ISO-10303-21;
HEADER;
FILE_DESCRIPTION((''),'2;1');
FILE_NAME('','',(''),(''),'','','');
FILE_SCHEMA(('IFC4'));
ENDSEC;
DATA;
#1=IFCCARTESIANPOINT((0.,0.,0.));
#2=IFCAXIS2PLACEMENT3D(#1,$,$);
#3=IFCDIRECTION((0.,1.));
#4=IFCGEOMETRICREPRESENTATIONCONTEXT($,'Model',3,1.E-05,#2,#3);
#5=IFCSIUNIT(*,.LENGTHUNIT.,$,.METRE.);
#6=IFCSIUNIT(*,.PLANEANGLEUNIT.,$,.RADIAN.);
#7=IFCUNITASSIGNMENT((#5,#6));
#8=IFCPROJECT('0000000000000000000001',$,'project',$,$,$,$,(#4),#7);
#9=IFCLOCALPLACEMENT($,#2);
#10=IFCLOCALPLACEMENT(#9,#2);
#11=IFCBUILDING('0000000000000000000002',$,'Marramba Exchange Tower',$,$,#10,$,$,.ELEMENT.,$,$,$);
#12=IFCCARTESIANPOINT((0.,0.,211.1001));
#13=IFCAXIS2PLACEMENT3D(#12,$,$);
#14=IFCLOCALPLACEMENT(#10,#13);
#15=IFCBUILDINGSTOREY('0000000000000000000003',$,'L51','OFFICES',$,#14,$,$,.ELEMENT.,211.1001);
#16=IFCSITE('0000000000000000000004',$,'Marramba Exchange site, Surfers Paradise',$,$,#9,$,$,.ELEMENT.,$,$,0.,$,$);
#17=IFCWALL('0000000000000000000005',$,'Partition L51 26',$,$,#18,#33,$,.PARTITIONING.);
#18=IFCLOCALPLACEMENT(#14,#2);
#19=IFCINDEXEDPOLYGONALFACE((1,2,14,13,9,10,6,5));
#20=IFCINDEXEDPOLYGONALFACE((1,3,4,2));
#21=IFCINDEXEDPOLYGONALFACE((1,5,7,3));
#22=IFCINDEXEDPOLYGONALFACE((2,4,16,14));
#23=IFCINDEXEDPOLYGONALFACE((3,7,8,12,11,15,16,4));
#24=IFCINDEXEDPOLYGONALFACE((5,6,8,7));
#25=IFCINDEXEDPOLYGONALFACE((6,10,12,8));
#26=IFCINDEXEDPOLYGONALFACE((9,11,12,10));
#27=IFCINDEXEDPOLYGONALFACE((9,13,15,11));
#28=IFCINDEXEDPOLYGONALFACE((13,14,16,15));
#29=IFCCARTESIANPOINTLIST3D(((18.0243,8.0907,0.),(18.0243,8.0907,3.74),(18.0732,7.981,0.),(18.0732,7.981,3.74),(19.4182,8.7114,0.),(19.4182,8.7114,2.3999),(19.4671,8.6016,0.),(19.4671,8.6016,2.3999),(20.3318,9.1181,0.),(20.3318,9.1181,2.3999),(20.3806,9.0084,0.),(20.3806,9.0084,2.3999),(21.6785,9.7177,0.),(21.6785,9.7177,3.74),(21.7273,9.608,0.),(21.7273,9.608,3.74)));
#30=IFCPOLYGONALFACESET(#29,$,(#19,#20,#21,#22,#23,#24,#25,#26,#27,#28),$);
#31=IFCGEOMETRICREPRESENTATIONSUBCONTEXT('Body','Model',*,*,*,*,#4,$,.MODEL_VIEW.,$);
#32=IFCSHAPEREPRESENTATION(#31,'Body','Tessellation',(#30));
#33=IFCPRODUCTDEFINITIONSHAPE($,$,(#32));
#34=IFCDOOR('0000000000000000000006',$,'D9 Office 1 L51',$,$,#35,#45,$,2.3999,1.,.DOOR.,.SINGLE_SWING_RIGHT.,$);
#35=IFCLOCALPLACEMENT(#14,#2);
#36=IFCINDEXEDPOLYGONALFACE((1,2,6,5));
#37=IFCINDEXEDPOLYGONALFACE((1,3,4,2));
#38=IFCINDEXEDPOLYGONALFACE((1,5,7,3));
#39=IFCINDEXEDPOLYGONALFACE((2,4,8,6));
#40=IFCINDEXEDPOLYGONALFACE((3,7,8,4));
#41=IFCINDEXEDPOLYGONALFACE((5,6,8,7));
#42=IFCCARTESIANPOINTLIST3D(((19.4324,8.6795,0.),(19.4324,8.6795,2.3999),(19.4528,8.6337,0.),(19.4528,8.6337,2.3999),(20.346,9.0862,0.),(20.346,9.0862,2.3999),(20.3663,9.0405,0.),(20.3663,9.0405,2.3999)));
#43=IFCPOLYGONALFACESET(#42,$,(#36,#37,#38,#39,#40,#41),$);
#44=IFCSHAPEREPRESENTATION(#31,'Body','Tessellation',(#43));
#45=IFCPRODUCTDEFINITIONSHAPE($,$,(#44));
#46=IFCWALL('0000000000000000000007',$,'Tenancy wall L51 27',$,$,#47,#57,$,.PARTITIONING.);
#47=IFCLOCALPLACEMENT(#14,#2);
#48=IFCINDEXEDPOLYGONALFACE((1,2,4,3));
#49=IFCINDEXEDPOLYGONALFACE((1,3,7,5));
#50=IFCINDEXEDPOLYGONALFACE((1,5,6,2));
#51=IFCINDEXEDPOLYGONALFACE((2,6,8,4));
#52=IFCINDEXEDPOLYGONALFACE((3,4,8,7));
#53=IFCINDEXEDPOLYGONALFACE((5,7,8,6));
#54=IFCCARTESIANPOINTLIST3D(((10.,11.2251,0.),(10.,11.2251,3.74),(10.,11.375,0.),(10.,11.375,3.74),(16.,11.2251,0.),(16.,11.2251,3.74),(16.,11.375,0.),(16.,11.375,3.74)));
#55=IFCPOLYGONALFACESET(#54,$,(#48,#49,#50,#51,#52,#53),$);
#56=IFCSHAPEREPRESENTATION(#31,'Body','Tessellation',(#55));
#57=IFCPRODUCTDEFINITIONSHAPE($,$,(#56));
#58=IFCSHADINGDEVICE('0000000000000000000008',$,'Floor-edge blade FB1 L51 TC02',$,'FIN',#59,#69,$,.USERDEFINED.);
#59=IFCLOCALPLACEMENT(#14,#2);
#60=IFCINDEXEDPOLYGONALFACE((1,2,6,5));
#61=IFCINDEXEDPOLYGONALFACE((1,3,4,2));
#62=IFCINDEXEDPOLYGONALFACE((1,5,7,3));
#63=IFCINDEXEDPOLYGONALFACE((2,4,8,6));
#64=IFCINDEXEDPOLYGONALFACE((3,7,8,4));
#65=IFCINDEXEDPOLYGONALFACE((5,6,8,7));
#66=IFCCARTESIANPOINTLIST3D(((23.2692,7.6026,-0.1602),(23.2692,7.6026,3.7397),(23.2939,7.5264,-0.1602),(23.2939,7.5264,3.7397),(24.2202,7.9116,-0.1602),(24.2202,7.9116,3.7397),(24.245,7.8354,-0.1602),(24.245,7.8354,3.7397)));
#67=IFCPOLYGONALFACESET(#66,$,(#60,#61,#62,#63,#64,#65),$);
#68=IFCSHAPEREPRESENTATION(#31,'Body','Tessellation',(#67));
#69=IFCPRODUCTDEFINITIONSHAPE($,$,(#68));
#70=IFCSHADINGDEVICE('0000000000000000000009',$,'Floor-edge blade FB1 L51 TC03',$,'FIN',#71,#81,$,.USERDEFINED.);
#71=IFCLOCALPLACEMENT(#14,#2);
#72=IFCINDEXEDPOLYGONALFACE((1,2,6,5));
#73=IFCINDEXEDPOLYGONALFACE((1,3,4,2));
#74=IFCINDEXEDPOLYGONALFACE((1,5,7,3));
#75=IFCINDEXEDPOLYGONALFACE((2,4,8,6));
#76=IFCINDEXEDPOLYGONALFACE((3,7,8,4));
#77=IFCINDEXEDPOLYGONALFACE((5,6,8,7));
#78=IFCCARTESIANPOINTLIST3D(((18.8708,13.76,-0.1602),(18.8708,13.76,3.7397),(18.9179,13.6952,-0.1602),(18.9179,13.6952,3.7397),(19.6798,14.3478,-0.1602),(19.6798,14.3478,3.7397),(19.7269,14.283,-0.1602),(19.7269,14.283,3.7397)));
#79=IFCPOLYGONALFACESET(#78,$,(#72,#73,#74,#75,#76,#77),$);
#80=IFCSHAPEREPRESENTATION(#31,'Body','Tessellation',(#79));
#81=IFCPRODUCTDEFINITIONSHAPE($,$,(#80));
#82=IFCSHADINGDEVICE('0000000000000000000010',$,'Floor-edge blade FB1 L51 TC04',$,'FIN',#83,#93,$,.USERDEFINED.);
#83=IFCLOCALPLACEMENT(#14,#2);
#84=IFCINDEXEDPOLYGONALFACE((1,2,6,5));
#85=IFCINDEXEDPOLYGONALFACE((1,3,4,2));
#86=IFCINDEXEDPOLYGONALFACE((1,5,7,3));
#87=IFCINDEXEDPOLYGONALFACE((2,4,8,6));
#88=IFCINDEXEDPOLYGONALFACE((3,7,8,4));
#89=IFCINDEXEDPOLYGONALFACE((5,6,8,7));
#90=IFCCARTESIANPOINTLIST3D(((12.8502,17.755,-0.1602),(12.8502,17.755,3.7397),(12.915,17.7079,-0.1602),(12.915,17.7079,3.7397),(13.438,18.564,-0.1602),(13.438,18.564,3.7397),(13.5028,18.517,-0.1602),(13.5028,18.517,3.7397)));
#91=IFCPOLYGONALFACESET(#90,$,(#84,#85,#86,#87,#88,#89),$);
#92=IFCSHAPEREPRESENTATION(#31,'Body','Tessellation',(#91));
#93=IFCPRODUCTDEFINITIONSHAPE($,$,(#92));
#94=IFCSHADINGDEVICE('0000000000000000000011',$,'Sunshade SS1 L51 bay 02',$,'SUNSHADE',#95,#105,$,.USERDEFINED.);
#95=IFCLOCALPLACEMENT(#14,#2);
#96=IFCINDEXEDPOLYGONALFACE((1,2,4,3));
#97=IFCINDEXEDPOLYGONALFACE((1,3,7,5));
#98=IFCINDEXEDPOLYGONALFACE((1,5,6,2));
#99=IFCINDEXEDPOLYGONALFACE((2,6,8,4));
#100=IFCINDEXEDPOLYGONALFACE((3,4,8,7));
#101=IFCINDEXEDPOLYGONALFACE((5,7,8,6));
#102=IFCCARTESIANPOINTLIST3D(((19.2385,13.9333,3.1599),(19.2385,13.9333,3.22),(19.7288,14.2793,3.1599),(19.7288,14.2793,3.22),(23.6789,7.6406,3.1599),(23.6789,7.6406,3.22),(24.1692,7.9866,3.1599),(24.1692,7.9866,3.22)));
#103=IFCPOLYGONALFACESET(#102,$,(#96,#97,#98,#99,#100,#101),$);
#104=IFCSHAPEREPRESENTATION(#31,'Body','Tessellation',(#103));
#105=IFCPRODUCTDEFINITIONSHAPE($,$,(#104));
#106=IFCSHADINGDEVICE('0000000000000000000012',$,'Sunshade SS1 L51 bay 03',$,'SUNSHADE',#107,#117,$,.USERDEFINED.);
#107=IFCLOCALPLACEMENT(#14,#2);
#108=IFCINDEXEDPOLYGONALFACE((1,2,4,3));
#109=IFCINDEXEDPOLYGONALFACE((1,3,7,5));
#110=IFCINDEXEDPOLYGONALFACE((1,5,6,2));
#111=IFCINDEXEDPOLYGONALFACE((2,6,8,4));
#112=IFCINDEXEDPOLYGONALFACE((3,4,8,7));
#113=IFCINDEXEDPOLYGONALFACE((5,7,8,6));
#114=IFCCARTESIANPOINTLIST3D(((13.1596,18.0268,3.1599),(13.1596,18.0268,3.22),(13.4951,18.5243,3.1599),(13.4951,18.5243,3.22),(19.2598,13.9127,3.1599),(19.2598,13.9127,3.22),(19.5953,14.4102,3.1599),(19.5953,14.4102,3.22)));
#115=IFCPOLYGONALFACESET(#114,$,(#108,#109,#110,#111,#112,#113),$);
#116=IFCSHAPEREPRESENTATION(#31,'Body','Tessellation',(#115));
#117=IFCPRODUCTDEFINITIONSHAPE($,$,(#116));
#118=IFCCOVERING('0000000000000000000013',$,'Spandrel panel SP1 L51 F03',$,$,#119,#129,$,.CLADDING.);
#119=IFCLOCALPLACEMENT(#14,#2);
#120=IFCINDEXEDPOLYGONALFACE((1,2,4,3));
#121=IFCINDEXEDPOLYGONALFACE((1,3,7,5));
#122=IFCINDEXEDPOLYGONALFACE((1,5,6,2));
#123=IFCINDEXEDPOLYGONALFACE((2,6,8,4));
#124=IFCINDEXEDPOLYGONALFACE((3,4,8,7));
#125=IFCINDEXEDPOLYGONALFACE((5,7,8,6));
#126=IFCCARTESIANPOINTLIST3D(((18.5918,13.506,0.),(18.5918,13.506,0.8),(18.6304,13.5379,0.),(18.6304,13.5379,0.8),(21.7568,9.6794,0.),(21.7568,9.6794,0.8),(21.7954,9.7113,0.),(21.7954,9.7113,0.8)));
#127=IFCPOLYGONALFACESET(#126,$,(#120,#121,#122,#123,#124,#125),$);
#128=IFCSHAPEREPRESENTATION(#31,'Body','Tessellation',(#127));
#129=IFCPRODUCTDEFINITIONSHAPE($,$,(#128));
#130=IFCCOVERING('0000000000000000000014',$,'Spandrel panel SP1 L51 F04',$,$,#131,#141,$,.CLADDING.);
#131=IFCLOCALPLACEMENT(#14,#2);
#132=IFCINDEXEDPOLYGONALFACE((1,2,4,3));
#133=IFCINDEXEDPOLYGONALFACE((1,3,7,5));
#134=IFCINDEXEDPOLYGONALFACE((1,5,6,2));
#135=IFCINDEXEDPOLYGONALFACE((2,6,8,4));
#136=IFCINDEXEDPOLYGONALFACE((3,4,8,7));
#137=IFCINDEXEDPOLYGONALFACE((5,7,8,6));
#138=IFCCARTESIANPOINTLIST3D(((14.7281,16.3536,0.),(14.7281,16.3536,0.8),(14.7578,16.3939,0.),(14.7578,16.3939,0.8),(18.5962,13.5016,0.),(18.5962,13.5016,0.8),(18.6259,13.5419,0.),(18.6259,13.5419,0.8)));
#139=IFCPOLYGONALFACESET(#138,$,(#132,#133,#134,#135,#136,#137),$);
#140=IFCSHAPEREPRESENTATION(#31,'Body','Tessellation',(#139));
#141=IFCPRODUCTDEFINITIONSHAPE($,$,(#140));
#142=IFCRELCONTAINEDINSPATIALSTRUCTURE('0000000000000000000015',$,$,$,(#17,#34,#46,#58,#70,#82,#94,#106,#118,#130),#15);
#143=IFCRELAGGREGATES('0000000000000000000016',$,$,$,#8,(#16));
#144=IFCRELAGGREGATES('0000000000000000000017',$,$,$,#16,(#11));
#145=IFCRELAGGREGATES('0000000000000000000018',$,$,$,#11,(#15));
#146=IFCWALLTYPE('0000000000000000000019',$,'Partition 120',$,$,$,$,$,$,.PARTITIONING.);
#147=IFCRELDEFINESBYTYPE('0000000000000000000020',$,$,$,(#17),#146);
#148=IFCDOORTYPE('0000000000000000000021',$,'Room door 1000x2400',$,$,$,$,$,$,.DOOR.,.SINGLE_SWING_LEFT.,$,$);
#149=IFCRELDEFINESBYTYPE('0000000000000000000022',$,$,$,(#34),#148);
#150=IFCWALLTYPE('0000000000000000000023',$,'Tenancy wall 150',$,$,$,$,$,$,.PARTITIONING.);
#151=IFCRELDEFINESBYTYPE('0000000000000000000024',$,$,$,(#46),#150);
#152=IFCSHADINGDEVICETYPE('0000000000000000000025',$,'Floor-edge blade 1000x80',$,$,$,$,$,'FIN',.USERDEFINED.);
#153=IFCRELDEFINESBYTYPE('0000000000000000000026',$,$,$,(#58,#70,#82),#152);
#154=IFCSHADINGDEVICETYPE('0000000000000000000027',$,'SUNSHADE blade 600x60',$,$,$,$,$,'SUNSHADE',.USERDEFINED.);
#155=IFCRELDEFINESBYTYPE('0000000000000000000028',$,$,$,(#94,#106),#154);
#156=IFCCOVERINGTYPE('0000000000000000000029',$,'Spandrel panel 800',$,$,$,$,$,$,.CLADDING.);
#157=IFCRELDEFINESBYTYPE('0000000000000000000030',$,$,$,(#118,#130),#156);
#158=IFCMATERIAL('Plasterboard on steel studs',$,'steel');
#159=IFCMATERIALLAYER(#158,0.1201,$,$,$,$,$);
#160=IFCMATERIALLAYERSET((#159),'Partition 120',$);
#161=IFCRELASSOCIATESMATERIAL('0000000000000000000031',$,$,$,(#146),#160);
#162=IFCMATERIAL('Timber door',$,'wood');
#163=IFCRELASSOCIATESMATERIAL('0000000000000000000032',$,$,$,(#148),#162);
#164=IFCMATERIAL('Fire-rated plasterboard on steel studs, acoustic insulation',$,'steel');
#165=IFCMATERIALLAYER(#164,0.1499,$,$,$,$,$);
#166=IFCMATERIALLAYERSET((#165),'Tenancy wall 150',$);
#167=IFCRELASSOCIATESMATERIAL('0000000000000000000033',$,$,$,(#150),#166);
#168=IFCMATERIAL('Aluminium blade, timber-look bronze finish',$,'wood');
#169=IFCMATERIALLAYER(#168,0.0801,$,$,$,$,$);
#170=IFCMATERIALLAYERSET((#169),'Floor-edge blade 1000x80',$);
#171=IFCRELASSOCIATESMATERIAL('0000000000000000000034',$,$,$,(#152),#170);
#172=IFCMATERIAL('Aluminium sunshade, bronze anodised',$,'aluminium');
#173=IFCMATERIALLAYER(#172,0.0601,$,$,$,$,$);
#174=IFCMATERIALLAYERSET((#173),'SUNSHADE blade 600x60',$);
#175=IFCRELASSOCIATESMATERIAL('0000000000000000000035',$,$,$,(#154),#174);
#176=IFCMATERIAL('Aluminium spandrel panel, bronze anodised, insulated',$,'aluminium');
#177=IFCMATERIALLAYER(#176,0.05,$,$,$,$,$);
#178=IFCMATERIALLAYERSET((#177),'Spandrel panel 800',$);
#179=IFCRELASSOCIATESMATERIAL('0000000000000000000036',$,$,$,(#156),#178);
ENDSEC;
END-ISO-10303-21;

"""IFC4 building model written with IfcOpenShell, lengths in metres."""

from ifc_helpers import new_model, si_unit, direction, frame, frame_2d, origin, origin_2d, place, context, subcontext, project, spatial, rectangle, extrude, material, layer, layer_set, type_object, element, fill, save


model = new_model("IFC4")

# Units and contexts
model_context = context("Model", 3, precision=1e-05, world=origin(), true_north=direction((0.0, 1.0)))
body_context = subcontext(model_context, "Body", "Model", "MODEL_VIEW")
ifc_project = project(units=[si_unit("LENGTHUNIT", "METRE"), si_unit("PLANEANGLEUNIT", "RADIAN")], contexts=[model_context])

# Site, building, storey
site_placement = place(None, origin())
site = spatial("IfcSite", under=ifc_project, at=site_placement, Name="Marramba Exchange site, Surfers Paradise", CompositionType="ELEMENT", RefElevation=0.0)
building_placement = place(site_placement, origin())
building = spatial("IfcBuilding", under=site, at=building_placement, Name="Marramba Exchange Tower", CompositionType="ELEMENT")
storey_placement = place(building_placement, frame((0.0, 0.0, 211.1001)))
storey = spatial("IfcBuildingStorey", under=building, at=storey_placement, Name="L51", Description="OFFICES", CompositionType="ELEMENT", Elevation=211.1001)

# Shared definitions
ifc_material_1 = material(Name="Plasterboard on steel studs", Category="steel")
ifc_layer_1 = layer(ifc_material_1, 0.1201)
ifc_layer_set_1 = layer_set([ifc_layer_1], Name="Partition 120")
wall_type_1 = type_object("IfcWallType", Name="Partition 120", PredefinedType="PARTITIONING", material=ifc_layer_set_1)

# Wall, opening, door
wall_1_placement = place(storey_placement, frame((21.7029, 9.6628, 0.0), z_axis=(0.0, 0.0, 1.0), x_axis=(-0.91354, -0.40675, 0.0)))
wall_1 = element("IfcWall", 1, at=wall_1_placement, inside=storey, type_object=wall_type_1, Name="Partition L51 26", PredefinedType="PARTITIONING", context=body_context, shape_type="SweptSolid", body=[
    extrude(rectangle(XDim=4.0, YDim=0.1201, at=frame_2d((2.0, 0.0))), origin(), (0.0, 0.0, 1.0), 3.74),
])
opening_1_placement = place(wall_1_placement, frame((1.4741, 0.0, 0.0)))
opening_1 = element("IfcOpeningElement", 2, at=opening_1_placement, cuts=wall_1, PredefinedType="OPENING", context=body_context, shape_type="SweptSolid", body=[
    extrude(rectangle(XDim=1.0, YDim=2.3999, at=frame_2d((0.5, 1.2))), frame((0.0, 0.0701, 0.0), z_axis=(0.0, -1.0, 0.0), x_axis=(1.0, 0.0, 0.0)), (0.0, 0.0, 1.0), 0.1401),
])
ifc_material_2 = material(Name="Timber door", Category="wood")
door_type_1 = type_object("IfcDoorType", Name="Room door 1000x2400", OperationType="SINGLE_SWING_LEFT", PredefinedType="DOOR", material=ifc_material_2)
door_1_placement = place(opening_1_placement, origin())
door_1 = element("IfcDoor", 3, at=door_1_placement, inside=storey, type_object=door_type_1, Name="D9 Office 1 L51", OperationType="SINGLE_SWING_RIGHT", OverallHeight=2.3999, OverallWidth=1.0, PredefinedType="DOOR", context=body_context, shape_type="SweptSolid", body=[
    extrude(rectangle(XDim=1.0, YDim=2.3999, at=frame_2d((0.5, 1.2))), frame((0.0, 0.0249, 0.0), z_axis=(0.0, -1.0, 0.0), x_axis=(1.0, 0.0, 0.0)), (0.0, 0.0, 1.0), 0.05),
])
fill(opening_1, door_1)

# Wall
ifc_material_3 = material(Name="Fire-rated plasterboard on steel studs, acoustic insulation", Category="steel")
ifc_layer_2 = layer(ifc_material_3, 0.1499)
ifc_layer_set_2 = layer_set([ifc_layer_2], Name="Tenancy wall 150")
wall_type_2 = type_object("IfcWallType", Name="Tenancy wall 150", PredefinedType="PARTITIONING", material=ifc_layer_set_2)
wall_2_placement = place(storey_placement, frame((16.0, 11.3, 0.0), z_axis=(0.0, 0.0, 1.0), x_axis=(-1.0, 0.0, 0.0)))
element("IfcWall", 4, at=wall_2_placement, inside=storey, type_object=wall_type_2, Name="Tenancy wall L51 27", PredefinedType="PARTITIONING", context=body_context, shape_type="SweptSolid", body=[
    extrude(rectangle(XDim=6.0, YDim=0.1499, at=frame_2d((3.0, 0.0))), origin(), (0.0, 0.0, 1.0), 3.74),
])

# Shading devices
ifc_material_4 = material(Name="Aluminium blade, timber-look bronze finish", Category="wood")
ifc_layer_3 = layer(ifc_material_4, 0.0801)
ifc_layer_set_3 = layer_set([ifc_layer_3], Name="Floor-edge blade 1000x80")
shading_device_type_1 = type_object("IfcShadingDeviceType", Name="Floor-edge blade 1000x80", ElementType="FIN", PredefinedType="USERDEFINED", material=ifc_layer_set_3)
for number, where, z_axis, x_axis, name in (
    (5, (23.7571, 7.719, -0.1602), (0.0, 0.0, 1.0), (0.951057, 0.309017, 0.0), "Floor-edge blade FB1 L51 TC02"),
    (6, (19.2988, 14.0215, -0.1602), (0.0, 0.0, 1.0), (0.809017, 0.587785, 0.0), "Floor-edge blade FB1 L51 TC03"),
    (7, (13.1765, 18.136, -0.1602), (0.0, 0.0, 1.0), (0.587785, 0.809017, 0.0), "Floor-edge blade FB1 L51 TC04"),
):
    element("IfcShadingDevice", number, at=place(storey_placement, frame(where, z_axis=z_axis, x_axis=x_axis)), inside=storey, type_object=shading_device_type_1, Name=name, ObjectType="FIN", PredefinedType="USERDEFINED", context=body_context, shape_type="SweptSolid", body=[
        extrude(rectangle(XDim=1.0, YDim=0.0801, at=origin_2d()), origin(), (0.0, 0.0, 1.0), 3.8999),
    ])
ifc_material_5 = material(Name="Aluminium sunshade, bronze anodised", Category="aluminium")
ifc_layer_4 = layer(ifc_material_5, 0.0601)
ifc_layer_set_4 = layer_set([ifc_layer_4], Name="SUNSHADE blade 600x60")
shading_device_type_2 = type_object("IfcShadingDeviceType", Name="SUNSHADE blade 600x60", ElementType="SUNSHADE", PredefinedType="USERDEFINED", material=ifc_layer_set_4)
shading_device_1_placement = place(storey_placement, frame((21.7039, 10.96, 3.1599), z_axis=(0.0, 0.0, 1.0), x_axis=(-0.576555, 0.817058, 0.0)))
element("IfcShadingDevice", 8, at=shading_device_1_placement, inside=storey, type_object=shading_device_type_2, Name="Sunshade SS1 L51 bay 02", ObjectType="SUNSHADE", PredefinedType="USERDEFINED", context=body_context, shape_type="SweptSolid", body=[
    extrude(rectangle(XDim=7.7017, YDim=0.6001, at=origin_2d()), origin(), (0.0, 0.0, 1.0), 0.0601),
])
shading_device_2_placement = place(storey_placement, frame((16.3774, 16.2185, 3.1599), z_axis=(0.0, 0.0, 1.0), x_axis=(-0.829071, 0.559143, 0.0)))
element("IfcShadingDevice", 9, at=shading_device_2_placement, inside=storey, type_object=shading_device_type_2, Name="Sunshade SS1 L51 bay 03", ObjectType="SUNSHADE", PredefinedType="USERDEFINED", context=body_context, shape_type="SweptSolid", body=[
    extrude(rectangle(XDim=7.3579, YDim=0.6001, at=origin_2d()), origin(), (0.0, 0.0, 1.0), 0.0601),
])

# Coverings
ifc_material_6 = material(Name="Aluminium spandrel panel, bronze anodised, insulated", Category="aluminium")
ifc_layer_5 = layer(ifc_material_6, 0.05)
ifc_layer_set_5 = layer_set([ifc_layer_5], Name="Spandrel panel 800")
covering_type = type_object("IfcCoveringType", Name="Spandrel panel 800", PredefinedType="CLADDING", material=ifc_layer_set_5)
covering_1_placement = place(storey_placement, frame((20.1936, 11.6086, 0.0), z_axis=(0.0, 0.0, 1.0), x_axis=(-0.63735, 0.770574, 0.0)))
element("IfcCovering", 10, at=covering_1_placement, inside=storey, type_object=covering_type, Name="Spandrel panel SP1 L51 F03", PredefinedType="CLADDING", context=body_context, shape_type="SweptSolid", body=[
    extrude(rectangle(XDim=4.9658, YDim=0.05, at=origin_2d()), origin(), (0.0, 0.0, 1.0), 0.8),
])
covering_2_placement = place(storey_placement, frame((16.677, 14.9478, 0.0), z_axis=(0.0, 0.0, 1.0), x_axis=(-0.804877, 0.593441, 0.0)))
element("IfcCovering", 11, at=covering_2_placement, inside=storey, type_object=covering_type, Name="Spandrel panel SP1 L51 F04", PredefinedType="CLADDING", context=body_context, shape_type="SweptSolid", body=[
    extrude(rectangle(XDim=4.8059, YDim=0.05, at=origin_2d()), origin(), (0.0, 0.0, 1.0), 0.8),
])

save(model, "model.ifc")
